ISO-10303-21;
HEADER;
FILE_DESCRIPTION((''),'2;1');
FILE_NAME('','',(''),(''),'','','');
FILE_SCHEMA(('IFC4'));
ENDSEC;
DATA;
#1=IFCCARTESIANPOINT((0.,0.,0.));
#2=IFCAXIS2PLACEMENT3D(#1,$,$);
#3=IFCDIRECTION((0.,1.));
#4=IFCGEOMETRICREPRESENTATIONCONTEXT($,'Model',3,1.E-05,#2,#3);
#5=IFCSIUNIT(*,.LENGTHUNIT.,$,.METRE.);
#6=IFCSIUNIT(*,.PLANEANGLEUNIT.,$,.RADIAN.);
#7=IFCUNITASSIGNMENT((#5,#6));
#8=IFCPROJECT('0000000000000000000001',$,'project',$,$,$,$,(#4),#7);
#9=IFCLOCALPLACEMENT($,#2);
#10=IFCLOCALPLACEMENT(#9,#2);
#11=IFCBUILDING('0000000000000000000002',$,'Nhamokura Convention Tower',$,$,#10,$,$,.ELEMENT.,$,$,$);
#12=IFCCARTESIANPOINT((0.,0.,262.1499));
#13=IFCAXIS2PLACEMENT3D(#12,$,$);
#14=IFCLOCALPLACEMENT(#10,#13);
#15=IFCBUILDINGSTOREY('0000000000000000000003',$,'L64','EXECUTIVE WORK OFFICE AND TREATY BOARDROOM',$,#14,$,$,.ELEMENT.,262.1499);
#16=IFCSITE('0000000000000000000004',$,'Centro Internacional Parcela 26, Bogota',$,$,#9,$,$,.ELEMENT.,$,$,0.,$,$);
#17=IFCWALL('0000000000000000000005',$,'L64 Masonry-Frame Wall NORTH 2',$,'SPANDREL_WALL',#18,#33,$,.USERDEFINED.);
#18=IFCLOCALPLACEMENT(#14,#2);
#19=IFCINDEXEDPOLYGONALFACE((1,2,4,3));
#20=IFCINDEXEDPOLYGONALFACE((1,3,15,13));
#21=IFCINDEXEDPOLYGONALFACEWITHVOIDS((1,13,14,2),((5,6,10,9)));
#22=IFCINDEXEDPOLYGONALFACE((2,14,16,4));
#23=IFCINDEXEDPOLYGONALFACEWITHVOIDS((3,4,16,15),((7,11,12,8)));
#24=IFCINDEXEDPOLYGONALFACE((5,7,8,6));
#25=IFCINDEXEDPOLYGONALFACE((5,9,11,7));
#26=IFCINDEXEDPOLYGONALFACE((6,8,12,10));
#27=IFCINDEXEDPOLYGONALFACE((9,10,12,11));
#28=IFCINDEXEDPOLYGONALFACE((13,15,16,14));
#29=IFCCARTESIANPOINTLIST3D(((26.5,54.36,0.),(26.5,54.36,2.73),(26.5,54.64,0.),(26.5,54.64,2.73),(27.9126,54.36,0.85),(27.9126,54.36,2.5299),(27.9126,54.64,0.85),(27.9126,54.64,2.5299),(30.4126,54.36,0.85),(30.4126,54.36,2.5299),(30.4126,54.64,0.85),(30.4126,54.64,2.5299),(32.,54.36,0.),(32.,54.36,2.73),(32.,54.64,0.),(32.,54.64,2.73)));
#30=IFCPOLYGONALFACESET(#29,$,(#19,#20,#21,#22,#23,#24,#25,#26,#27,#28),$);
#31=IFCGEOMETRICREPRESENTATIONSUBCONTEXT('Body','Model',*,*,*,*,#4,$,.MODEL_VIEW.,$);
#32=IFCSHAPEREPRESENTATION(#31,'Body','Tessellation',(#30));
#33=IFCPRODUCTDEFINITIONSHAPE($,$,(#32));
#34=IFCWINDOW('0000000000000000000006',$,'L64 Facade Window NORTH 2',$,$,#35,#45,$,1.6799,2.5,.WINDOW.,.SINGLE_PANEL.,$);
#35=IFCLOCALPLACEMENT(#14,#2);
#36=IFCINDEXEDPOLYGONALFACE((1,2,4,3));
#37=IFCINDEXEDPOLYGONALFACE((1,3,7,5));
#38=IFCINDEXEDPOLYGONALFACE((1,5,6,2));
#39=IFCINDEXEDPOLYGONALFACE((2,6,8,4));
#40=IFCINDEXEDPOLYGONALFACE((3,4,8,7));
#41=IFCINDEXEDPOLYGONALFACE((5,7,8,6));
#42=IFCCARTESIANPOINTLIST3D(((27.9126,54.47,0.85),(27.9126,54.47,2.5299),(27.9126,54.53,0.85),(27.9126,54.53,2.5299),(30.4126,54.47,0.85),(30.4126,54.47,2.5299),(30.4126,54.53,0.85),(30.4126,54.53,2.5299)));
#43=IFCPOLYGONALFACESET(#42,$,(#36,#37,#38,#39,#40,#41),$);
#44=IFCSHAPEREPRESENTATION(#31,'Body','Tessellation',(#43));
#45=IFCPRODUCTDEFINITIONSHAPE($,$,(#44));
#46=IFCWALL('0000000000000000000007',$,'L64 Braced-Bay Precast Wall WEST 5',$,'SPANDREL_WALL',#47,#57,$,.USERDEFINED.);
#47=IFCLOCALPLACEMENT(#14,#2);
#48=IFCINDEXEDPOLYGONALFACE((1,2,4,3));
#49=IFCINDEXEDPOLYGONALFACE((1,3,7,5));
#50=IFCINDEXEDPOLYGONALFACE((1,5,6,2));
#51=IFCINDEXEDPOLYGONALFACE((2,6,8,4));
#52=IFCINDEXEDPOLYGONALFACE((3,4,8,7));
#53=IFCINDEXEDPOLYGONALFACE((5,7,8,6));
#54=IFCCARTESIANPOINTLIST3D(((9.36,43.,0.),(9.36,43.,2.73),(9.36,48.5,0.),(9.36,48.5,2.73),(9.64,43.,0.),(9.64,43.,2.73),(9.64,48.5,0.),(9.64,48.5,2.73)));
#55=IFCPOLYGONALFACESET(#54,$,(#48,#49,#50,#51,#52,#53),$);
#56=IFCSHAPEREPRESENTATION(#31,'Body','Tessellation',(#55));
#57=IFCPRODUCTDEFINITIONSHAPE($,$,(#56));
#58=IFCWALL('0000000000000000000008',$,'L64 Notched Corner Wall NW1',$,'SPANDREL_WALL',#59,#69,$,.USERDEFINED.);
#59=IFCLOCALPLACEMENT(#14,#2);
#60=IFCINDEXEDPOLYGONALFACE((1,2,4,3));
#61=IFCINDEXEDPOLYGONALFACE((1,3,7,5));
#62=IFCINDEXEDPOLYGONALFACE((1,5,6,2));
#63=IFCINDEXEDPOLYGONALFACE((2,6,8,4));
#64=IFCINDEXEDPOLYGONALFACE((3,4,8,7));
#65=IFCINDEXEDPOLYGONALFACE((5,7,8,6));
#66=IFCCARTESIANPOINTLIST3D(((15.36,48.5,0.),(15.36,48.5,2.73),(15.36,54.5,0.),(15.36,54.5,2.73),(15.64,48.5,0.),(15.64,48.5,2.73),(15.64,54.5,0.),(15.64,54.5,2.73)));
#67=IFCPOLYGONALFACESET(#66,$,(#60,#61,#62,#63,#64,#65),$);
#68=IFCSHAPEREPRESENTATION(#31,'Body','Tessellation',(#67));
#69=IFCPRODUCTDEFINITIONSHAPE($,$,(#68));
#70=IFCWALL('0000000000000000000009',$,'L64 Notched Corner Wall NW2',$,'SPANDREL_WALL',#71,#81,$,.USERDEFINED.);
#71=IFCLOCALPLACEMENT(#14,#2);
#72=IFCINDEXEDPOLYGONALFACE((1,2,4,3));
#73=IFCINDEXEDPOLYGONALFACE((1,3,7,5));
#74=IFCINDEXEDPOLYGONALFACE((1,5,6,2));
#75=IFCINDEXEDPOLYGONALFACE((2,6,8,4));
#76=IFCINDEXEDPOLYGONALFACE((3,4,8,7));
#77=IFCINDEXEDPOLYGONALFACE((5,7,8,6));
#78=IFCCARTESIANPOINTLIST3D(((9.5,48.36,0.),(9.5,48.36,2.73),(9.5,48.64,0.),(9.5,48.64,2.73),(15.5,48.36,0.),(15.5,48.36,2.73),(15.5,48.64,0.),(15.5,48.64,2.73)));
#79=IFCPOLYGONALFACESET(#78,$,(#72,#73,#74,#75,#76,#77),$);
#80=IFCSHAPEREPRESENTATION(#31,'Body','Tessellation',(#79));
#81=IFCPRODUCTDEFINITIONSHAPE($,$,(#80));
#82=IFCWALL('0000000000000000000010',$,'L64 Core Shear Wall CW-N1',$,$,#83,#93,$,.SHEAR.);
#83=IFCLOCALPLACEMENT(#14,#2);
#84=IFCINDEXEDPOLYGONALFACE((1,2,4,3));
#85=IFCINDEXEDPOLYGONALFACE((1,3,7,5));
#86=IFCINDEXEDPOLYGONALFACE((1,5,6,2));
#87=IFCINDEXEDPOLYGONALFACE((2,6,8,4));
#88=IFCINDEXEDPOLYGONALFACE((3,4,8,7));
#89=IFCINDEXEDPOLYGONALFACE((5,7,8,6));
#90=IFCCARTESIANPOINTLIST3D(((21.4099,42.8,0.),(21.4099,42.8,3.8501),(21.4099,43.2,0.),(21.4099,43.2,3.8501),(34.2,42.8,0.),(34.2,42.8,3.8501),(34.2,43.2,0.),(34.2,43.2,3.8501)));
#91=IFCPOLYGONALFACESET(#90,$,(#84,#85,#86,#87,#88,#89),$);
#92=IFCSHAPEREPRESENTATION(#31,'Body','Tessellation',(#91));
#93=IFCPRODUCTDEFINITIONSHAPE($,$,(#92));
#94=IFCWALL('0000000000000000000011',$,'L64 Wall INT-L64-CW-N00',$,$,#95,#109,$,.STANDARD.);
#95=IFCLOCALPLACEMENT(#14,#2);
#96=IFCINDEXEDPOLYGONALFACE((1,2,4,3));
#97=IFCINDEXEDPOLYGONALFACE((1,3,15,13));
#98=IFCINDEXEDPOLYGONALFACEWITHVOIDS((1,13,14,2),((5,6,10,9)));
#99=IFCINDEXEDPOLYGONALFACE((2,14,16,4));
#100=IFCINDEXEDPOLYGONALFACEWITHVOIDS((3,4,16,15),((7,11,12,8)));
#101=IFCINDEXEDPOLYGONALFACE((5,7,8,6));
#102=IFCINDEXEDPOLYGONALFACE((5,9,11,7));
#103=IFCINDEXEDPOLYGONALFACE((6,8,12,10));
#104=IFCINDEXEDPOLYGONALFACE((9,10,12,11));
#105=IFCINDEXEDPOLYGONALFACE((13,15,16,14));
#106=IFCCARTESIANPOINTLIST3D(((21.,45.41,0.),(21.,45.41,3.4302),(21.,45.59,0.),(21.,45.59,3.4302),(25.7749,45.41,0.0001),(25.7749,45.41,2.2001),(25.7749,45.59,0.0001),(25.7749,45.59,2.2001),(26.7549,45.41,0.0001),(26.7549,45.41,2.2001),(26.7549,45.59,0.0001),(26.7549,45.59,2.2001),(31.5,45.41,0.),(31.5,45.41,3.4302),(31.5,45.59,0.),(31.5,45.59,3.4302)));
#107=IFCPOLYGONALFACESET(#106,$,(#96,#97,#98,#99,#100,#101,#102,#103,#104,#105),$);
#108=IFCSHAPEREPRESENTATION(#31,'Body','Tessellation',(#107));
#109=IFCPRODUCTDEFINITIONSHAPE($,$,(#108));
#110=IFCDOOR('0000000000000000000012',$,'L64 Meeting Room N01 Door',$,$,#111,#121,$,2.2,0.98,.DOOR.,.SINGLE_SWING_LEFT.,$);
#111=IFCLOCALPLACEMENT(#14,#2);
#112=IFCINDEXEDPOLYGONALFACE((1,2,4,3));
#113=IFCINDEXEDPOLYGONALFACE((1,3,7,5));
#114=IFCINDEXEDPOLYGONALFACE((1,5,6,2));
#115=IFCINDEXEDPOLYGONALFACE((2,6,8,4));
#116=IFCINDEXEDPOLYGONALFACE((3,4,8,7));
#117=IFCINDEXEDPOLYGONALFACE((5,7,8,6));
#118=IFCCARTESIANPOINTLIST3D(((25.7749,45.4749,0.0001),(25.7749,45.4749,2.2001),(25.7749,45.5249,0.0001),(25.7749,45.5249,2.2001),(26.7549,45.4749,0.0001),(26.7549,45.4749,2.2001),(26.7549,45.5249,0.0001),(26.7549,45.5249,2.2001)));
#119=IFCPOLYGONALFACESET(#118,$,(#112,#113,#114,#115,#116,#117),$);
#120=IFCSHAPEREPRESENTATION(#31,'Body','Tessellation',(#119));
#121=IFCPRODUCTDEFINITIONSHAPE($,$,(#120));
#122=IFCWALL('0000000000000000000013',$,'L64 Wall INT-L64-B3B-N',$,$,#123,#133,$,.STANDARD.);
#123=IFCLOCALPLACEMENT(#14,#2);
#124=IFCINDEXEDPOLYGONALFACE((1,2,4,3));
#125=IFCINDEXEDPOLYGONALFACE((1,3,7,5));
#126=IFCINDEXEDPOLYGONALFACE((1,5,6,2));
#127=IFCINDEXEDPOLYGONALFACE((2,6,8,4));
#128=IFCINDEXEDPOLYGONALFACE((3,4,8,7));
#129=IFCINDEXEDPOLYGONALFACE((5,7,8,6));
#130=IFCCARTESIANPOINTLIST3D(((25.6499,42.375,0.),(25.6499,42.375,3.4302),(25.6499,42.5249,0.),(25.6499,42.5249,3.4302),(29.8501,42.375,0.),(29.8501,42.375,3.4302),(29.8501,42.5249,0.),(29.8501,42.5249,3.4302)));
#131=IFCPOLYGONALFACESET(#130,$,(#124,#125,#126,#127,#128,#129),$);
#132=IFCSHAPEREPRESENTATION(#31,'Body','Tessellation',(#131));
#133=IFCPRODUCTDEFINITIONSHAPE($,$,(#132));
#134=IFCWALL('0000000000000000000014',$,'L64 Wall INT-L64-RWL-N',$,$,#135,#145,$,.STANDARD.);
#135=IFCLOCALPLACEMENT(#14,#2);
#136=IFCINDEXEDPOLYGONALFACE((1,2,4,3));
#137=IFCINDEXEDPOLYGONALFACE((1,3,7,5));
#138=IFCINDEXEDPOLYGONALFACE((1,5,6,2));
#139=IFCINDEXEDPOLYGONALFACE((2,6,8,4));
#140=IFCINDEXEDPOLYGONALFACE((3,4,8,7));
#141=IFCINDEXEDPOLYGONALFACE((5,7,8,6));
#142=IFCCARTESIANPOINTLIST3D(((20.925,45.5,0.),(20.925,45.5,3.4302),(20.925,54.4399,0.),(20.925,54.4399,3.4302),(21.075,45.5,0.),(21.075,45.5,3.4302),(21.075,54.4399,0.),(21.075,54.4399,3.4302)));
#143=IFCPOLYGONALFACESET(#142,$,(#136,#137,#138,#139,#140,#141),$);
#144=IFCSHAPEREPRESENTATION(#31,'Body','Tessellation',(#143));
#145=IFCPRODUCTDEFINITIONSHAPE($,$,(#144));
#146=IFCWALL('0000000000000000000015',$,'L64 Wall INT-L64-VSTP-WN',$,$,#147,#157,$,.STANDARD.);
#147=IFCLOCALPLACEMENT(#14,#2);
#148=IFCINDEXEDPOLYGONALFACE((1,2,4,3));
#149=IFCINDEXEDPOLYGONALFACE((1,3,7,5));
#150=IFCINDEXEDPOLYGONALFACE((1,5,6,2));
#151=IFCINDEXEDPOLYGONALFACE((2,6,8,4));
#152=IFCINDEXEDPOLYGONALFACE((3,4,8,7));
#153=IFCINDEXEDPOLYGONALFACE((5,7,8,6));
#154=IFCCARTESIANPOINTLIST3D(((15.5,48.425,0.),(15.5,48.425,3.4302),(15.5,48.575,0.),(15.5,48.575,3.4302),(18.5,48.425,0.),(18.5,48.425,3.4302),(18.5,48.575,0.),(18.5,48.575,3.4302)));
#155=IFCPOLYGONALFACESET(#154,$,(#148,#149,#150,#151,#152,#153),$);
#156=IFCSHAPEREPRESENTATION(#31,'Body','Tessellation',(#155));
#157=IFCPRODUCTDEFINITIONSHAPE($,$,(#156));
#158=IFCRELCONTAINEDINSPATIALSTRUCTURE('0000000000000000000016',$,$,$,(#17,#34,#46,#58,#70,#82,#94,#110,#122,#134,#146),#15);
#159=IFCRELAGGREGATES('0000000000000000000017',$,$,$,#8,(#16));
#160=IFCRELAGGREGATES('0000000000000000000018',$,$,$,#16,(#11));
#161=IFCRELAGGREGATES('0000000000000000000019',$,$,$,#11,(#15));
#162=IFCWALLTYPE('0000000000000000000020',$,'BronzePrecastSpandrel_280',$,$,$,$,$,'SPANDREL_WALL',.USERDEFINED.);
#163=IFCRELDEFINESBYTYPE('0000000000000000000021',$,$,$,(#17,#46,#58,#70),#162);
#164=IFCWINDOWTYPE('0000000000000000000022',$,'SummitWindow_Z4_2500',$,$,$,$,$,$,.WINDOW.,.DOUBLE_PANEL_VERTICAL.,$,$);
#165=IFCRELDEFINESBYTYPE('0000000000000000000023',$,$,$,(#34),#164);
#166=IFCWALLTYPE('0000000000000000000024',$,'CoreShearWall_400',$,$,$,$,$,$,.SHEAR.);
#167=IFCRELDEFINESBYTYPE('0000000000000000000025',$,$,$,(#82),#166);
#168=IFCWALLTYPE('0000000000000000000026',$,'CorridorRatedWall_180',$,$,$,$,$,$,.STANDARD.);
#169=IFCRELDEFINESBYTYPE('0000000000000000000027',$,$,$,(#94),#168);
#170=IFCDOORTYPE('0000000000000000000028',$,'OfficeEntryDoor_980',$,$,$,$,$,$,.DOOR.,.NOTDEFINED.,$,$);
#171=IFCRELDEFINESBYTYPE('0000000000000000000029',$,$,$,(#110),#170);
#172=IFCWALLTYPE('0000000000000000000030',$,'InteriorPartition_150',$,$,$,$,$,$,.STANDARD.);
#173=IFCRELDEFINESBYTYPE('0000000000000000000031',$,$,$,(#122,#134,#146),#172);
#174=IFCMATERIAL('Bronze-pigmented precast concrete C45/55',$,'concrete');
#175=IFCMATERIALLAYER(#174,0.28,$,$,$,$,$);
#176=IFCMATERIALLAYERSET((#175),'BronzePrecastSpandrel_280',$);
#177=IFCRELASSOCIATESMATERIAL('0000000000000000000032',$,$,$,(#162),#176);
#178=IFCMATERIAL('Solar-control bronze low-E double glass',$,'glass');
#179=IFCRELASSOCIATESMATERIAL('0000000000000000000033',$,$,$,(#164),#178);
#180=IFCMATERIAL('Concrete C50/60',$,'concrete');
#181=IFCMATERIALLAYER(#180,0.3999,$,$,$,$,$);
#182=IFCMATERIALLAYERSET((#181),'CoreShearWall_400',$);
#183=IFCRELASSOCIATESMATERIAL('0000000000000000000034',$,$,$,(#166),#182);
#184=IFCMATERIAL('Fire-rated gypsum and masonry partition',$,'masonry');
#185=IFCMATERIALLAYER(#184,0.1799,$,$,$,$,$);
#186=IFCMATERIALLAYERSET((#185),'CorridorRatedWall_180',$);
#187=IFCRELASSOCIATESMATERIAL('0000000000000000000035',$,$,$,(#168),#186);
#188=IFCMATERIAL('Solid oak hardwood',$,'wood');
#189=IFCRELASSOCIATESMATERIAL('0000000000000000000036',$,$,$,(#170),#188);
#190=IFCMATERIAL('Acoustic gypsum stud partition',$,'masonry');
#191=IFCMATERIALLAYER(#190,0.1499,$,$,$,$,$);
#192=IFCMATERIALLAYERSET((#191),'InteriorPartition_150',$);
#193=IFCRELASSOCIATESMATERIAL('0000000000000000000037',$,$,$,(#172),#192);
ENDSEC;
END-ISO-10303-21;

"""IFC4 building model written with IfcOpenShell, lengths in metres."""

from ifc_helpers import new_model, si_unit, direction, frame, frame_2d, origin, place, context, subcontext, project, spatial, rectangle, extrude, material, layer, layer_set, type_object, element, fill, save


model = new_model("IFC4")

# Units and contexts
model_context = context("Model", 3, precision=1e-05, world=origin(), true_north=direction((0.0, 1.0)))
body_context = subcontext(model_context, "Body", "Model", "MODEL_VIEW")
ifc_project = project(units=[si_unit("LENGTHUNIT", "METRE"), si_unit("PLANEANGLEUNIT", "RADIAN")], contexts=[model_context])

# Site, building, storey
site_placement = place(None, origin())
site = spatial("IfcSite", under=ifc_project, at=site_placement, Name="Centro Internacional Parcela 26, Bogota", CompositionType="ELEMENT", RefElevation=0.0)
building_placement = place(site_placement, origin())
building = spatial("IfcBuilding", under=site, at=building_placement, Name="Nhamokura Convention Tower", CompositionType="ELEMENT")
storey_placement = place(building_placement, frame((0.0, 0.0, 262.1499)))
storey = spatial("IfcBuildingStorey", under=building, at=storey_placement, Name="L64", Description="EXECUTIVE WORK OFFICE AND TREATY BOARDROOM", CompositionType="ELEMENT", Elevation=262.1499)

# Shared definitions
ifc_material_1 = material(Name="Bronze-pigmented precast concrete C45/55", Category="concrete")
ifc_layer_1 = layer(ifc_material_1, 0.28)
ifc_layer_set_1 = layer_set([ifc_layer_1], Name="BronzePrecastSpandrel_280")
wall_type_1 = type_object("IfcWallType", Name="BronzePrecastSpandrel_280", ElementType="SPANDREL_WALL", PredefinedType="USERDEFINED", material=ifc_layer_set_1)

# Wall, opening, window
wall_1_placement = place(storey_placement, frame((26.5, 54.5, 0.0), z_axis=(0.0, 0.0, 1.0), x_axis=(1.0, 0.0, 0.0)))
wall_1 = element("IfcWall", 1, at=wall_1_placement, inside=storey, type_object=wall_type_1, Name="L64 Masonry-Frame Wall NORTH 2", ObjectType="SPANDREL_WALL", PredefinedType="USERDEFINED", context=body_context, shape_type="SweptSolid", body=[
    extrude(rectangle(XDim=5.5, YDim=0.28, at=frame_2d((2.75, 0.0))), origin(), (0.0, 0.0, 1.0), 2.73),
])
opening_1_placement = place(wall_1_placement, frame((1.4126, 0.0, 0.8501)))
opening_1 = element("IfcOpeningElement", 2, at=opening_1_placement, cuts=wall_1, PredefinedType="OPENING", context=body_context, shape_type="SweptSolid", body=[
    extrude(rectangle(XDim=2.5, YDim=1.6799, at=frame_2d((1.25, 0.8398))), frame((0.0, 0.1499, 0.0), z_axis=(0.0, -1.0, 0.0), x_axis=(1.0, 0.0, 0.0)), (0.0, 0.0, 1.0), 0.3),
])
ifc_material_2 = material(Name="Solar-control bronze low-E double glass", Category="glass")
window_type_1 = type_object("IfcWindowType", Name="SummitWindow_Z4_2500", PartitioningType="DOUBLE_PANEL_VERTICAL", PredefinedType="WINDOW", material=ifc_material_2)
window_1_placement = place(opening_1_placement, origin())
window_1 = element("IfcWindow", 3, at=window_1_placement, inside=storey, type_object=window_type_1, Name="L64 Facade Window NORTH 2", OverallHeight=1.6799, OverallWidth=2.5, PartitioningType="SINGLE_PANEL", PredefinedType="WINDOW", context=body_context, shape_type="SweptSolid", body=[
    extrude(rectangle(XDim=2.5, YDim=1.6799, at=frame_2d((1.25, 0.8398))), frame((0.0, 0.03, 0.0), z_axis=(0.0, -1.0, 0.0), x_axis=(1.0, 0.0, 0.0)), (0.0, 0.0, 1.0), 0.0601),
])
fill(opening_1, window_1)

# Walls
wall_2_placement = place(storey_placement, frame((9.5, 43.0, 0.0), z_axis=(0.0, 0.0, 1.0), x_axis=(0.0, 1.0, 0.0)))
element("IfcWall", 4, at=wall_2_placement, inside=storey, type_object=wall_type_1, Name="L64 Braced-Bay Precast Wall WEST 5", ObjectType="SPANDREL_WALL", PredefinedType="USERDEFINED", context=body_context, shape_type="SweptSolid", body=[
    extrude(rectangle(XDim=5.5, YDim=0.28, at=frame_2d((2.75, 0.0))), origin(), (0.0, 0.0, 1.0), 2.73),
])
for number, where, z_axis, x_axis, name in (
    (5, (15.5, 48.5, 0.0), (0.0, 0.0, 1.0), (0.0, 1.0, 0.0), "L64 Notched Corner Wall NW1"),
    (6, (9.5, 48.5, 0.0), (0.0, 0.0, 1.0), (1.0, 0.0, 0.0), "L64 Notched Corner Wall NW2"),
):
    element("IfcWall", number, at=place(storey_placement, frame(where, z_axis=z_axis, x_axis=x_axis)), inside=storey, type_object=wall_type_1, Name=name, ObjectType="SPANDREL_WALL", PredefinedType="USERDEFINED", context=body_context, shape_type="SweptSolid", body=[
        extrude(rectangle(XDim=6.0, YDim=0.28, at=frame_2d((3.0, 0.0))), origin(), (0.0, 0.0, 1.0), 2.73),
    ])
ifc_material_3 = material(Name="Concrete C50/60", Category="concrete")
ifc_layer_2 = layer(ifc_material_3, 0.3999)
ifc_layer_set_2 = layer_set([ifc_layer_2], Name="CoreShearWall_400")
wall_type_2 = type_object("IfcWallType", Name="CoreShearWall_400", PredefinedType="SHEAR", material=ifc_layer_set_2)
wall_3_placement = place(storey_placement, frame((21.4099, 43.0, 0.0), z_axis=(0.0, 0.0, 1.0), x_axis=(1.0, 0.0, 0.0)))
element("IfcWall", 7, at=wall_3_placement, inside=storey, type_object=wall_type_2, Name="L64 Core Shear Wall CW-N1", PredefinedType="SHEAR", context=body_context, shape_type="SweptSolid", body=[
    extrude(rectangle(XDim=12.79, YDim=0.3999, at=frame_2d((6.395, 0.0))), origin(), (0.0, 0.0, 1.0), 3.8501),
])

# Wall, opening, door
ifc_material_4 = material(Name="Fire-rated gypsum and masonry partition", Category="masonry")
ifc_layer_3 = layer(ifc_material_4, 0.1799)
ifc_layer_set_3 = layer_set([ifc_layer_3], Name="CorridorRatedWall_180")
wall_type_3 = type_object("IfcWallType", Name="CorridorRatedWall_180", PredefinedType="STANDARD", material=ifc_layer_set_3)
wall_4_placement = place(storey_placement, frame((21.0, 45.5, 0.0), z_axis=(0.0, 0.0, 1.0), x_axis=(1.0, 0.0, 0.0)))
wall_4 = element("IfcWall", 8, at=wall_4_placement, inside=storey, type_object=wall_type_3, Name="L64 Wall INT-L64-CW-N00", PredefinedType="STANDARD", context=body_context, shape_type="SweptSolid", body=[
    extrude(rectangle(XDim=10.5, YDim=0.1799, at=frame_2d((5.25, 0.0))), origin(), (0.0, 0.0, 1.0), 3.4302),
])
opening_2_placement = place(wall_4_placement, frame((4.7749, 0.0, 0.0)))
opening_2 = element("IfcOpeningElement", 9, at=opening_2_placement, cuts=wall_4, PredefinedType="OPENING", context=body_context, shape_type="SweptSolid", body=[
    extrude(rectangle(XDim=0.98, YDim=2.2, at=frame_2d((0.49, 1.1001))), frame((0.0, 0.0999, 0.0), z_axis=(0.0, -1.0, 0.0), x_axis=(1.0, 0.0, 0.0)), (0.0, 0.0, 1.0), 0.2),
])
ifc_material_5 = material(Name="Solid oak hardwood", Category="wood")
door_type = type_object("IfcDoorType", Name="OfficeEntryDoor_980", OperationType="NOTDEFINED", PredefinedType="DOOR", material=ifc_material_5)
door_placement = place(opening_2_placement, origin())
door = element("IfcDoor", 10, at=door_placement, inside=storey, type_object=door_type, Name="L64 Meeting Room N01 Door", OperationType="SINGLE_SWING_LEFT", OverallHeight=2.2, OverallWidth=0.98, PredefinedType="DOOR", context=body_context, shape_type="SweptSolid", body=[
    extrude(rectangle(XDim=0.98, YDim=2.2, at=frame_2d((0.49, 1.1001))), frame((0.0, 0.0249, 0.0), z_axis=(0.0, -1.0, 0.0), x_axis=(1.0, 0.0, 0.0)), (0.0, 0.0, 1.0), 0.05),
])
fill(opening_2, door)

# Walls
ifc_material_6 = material(Name="Acoustic gypsum stud partition", Category="masonry")
ifc_layer_4 = layer(ifc_material_6, 0.1499)
ifc_layer_set_4 = layer_set([ifc_layer_4], Name="InteriorPartition_150")
wall_type_4 = type_object("IfcWallType", Name="InteriorPartition_150", PredefinedType="STANDARD", material=ifc_layer_set_4)
wall_5_placement = place(storey_placement, frame((25.6499, 42.45, 0.0), z_axis=(0.0, 0.0, 1.0), x_axis=(1.0, 0.0, 0.0)))
element("IfcWall", 11, at=wall_5_placement, inside=storey, type_object=wall_type_4, Name="L64 Wall INT-L64-B3B-N", PredefinedType="STANDARD", context=body_context, shape_type="SweptSolid", body=[
    extrude(rectangle(XDim=4.2002, YDim=0.1499, at=frame_2d((2.1001, 0.0))), origin(), (0.0, 0.0, 1.0), 3.4302),
])
wall_6_placement = place(storey_placement, frame((21.0, 45.5, 0.0), z_axis=(0.0, 0.0, 1.0), x_axis=(0.0, 1.0, 0.0)))
element("IfcWall", 12, at=wall_6_placement, inside=storey, type_object=wall_type_4, Name="L64 Wall INT-L64-RWL-N", PredefinedType="STANDARD", context=body_context, shape_type="SweptSolid", body=[
    extrude(rectangle(XDim=8.9399, YDim=0.1499, at=frame_2d((4.47, 0.0))), origin(), (0.0, 0.0, 1.0), 3.4302),
])
wall_7_placement = place(storey_placement, frame((15.5, 48.5, 0.0), z_axis=(0.0, 0.0, 1.0), x_axis=(1.0, 0.0, 0.0)))
element("IfcWall", 13, at=wall_7_placement, inside=storey, type_object=wall_type_4, Name="L64 Wall INT-L64-VSTP-WN", PredefinedType="STANDARD", context=body_context, shape_type="SweptSolid", body=[
    extrude(rectangle(XDim=3.0, YDim=0.1499, at=frame_2d((1.5, 0.0))), origin(), (0.0, 0.0, 1.0), 3.4302),
])

save(model, "model.ifc")
